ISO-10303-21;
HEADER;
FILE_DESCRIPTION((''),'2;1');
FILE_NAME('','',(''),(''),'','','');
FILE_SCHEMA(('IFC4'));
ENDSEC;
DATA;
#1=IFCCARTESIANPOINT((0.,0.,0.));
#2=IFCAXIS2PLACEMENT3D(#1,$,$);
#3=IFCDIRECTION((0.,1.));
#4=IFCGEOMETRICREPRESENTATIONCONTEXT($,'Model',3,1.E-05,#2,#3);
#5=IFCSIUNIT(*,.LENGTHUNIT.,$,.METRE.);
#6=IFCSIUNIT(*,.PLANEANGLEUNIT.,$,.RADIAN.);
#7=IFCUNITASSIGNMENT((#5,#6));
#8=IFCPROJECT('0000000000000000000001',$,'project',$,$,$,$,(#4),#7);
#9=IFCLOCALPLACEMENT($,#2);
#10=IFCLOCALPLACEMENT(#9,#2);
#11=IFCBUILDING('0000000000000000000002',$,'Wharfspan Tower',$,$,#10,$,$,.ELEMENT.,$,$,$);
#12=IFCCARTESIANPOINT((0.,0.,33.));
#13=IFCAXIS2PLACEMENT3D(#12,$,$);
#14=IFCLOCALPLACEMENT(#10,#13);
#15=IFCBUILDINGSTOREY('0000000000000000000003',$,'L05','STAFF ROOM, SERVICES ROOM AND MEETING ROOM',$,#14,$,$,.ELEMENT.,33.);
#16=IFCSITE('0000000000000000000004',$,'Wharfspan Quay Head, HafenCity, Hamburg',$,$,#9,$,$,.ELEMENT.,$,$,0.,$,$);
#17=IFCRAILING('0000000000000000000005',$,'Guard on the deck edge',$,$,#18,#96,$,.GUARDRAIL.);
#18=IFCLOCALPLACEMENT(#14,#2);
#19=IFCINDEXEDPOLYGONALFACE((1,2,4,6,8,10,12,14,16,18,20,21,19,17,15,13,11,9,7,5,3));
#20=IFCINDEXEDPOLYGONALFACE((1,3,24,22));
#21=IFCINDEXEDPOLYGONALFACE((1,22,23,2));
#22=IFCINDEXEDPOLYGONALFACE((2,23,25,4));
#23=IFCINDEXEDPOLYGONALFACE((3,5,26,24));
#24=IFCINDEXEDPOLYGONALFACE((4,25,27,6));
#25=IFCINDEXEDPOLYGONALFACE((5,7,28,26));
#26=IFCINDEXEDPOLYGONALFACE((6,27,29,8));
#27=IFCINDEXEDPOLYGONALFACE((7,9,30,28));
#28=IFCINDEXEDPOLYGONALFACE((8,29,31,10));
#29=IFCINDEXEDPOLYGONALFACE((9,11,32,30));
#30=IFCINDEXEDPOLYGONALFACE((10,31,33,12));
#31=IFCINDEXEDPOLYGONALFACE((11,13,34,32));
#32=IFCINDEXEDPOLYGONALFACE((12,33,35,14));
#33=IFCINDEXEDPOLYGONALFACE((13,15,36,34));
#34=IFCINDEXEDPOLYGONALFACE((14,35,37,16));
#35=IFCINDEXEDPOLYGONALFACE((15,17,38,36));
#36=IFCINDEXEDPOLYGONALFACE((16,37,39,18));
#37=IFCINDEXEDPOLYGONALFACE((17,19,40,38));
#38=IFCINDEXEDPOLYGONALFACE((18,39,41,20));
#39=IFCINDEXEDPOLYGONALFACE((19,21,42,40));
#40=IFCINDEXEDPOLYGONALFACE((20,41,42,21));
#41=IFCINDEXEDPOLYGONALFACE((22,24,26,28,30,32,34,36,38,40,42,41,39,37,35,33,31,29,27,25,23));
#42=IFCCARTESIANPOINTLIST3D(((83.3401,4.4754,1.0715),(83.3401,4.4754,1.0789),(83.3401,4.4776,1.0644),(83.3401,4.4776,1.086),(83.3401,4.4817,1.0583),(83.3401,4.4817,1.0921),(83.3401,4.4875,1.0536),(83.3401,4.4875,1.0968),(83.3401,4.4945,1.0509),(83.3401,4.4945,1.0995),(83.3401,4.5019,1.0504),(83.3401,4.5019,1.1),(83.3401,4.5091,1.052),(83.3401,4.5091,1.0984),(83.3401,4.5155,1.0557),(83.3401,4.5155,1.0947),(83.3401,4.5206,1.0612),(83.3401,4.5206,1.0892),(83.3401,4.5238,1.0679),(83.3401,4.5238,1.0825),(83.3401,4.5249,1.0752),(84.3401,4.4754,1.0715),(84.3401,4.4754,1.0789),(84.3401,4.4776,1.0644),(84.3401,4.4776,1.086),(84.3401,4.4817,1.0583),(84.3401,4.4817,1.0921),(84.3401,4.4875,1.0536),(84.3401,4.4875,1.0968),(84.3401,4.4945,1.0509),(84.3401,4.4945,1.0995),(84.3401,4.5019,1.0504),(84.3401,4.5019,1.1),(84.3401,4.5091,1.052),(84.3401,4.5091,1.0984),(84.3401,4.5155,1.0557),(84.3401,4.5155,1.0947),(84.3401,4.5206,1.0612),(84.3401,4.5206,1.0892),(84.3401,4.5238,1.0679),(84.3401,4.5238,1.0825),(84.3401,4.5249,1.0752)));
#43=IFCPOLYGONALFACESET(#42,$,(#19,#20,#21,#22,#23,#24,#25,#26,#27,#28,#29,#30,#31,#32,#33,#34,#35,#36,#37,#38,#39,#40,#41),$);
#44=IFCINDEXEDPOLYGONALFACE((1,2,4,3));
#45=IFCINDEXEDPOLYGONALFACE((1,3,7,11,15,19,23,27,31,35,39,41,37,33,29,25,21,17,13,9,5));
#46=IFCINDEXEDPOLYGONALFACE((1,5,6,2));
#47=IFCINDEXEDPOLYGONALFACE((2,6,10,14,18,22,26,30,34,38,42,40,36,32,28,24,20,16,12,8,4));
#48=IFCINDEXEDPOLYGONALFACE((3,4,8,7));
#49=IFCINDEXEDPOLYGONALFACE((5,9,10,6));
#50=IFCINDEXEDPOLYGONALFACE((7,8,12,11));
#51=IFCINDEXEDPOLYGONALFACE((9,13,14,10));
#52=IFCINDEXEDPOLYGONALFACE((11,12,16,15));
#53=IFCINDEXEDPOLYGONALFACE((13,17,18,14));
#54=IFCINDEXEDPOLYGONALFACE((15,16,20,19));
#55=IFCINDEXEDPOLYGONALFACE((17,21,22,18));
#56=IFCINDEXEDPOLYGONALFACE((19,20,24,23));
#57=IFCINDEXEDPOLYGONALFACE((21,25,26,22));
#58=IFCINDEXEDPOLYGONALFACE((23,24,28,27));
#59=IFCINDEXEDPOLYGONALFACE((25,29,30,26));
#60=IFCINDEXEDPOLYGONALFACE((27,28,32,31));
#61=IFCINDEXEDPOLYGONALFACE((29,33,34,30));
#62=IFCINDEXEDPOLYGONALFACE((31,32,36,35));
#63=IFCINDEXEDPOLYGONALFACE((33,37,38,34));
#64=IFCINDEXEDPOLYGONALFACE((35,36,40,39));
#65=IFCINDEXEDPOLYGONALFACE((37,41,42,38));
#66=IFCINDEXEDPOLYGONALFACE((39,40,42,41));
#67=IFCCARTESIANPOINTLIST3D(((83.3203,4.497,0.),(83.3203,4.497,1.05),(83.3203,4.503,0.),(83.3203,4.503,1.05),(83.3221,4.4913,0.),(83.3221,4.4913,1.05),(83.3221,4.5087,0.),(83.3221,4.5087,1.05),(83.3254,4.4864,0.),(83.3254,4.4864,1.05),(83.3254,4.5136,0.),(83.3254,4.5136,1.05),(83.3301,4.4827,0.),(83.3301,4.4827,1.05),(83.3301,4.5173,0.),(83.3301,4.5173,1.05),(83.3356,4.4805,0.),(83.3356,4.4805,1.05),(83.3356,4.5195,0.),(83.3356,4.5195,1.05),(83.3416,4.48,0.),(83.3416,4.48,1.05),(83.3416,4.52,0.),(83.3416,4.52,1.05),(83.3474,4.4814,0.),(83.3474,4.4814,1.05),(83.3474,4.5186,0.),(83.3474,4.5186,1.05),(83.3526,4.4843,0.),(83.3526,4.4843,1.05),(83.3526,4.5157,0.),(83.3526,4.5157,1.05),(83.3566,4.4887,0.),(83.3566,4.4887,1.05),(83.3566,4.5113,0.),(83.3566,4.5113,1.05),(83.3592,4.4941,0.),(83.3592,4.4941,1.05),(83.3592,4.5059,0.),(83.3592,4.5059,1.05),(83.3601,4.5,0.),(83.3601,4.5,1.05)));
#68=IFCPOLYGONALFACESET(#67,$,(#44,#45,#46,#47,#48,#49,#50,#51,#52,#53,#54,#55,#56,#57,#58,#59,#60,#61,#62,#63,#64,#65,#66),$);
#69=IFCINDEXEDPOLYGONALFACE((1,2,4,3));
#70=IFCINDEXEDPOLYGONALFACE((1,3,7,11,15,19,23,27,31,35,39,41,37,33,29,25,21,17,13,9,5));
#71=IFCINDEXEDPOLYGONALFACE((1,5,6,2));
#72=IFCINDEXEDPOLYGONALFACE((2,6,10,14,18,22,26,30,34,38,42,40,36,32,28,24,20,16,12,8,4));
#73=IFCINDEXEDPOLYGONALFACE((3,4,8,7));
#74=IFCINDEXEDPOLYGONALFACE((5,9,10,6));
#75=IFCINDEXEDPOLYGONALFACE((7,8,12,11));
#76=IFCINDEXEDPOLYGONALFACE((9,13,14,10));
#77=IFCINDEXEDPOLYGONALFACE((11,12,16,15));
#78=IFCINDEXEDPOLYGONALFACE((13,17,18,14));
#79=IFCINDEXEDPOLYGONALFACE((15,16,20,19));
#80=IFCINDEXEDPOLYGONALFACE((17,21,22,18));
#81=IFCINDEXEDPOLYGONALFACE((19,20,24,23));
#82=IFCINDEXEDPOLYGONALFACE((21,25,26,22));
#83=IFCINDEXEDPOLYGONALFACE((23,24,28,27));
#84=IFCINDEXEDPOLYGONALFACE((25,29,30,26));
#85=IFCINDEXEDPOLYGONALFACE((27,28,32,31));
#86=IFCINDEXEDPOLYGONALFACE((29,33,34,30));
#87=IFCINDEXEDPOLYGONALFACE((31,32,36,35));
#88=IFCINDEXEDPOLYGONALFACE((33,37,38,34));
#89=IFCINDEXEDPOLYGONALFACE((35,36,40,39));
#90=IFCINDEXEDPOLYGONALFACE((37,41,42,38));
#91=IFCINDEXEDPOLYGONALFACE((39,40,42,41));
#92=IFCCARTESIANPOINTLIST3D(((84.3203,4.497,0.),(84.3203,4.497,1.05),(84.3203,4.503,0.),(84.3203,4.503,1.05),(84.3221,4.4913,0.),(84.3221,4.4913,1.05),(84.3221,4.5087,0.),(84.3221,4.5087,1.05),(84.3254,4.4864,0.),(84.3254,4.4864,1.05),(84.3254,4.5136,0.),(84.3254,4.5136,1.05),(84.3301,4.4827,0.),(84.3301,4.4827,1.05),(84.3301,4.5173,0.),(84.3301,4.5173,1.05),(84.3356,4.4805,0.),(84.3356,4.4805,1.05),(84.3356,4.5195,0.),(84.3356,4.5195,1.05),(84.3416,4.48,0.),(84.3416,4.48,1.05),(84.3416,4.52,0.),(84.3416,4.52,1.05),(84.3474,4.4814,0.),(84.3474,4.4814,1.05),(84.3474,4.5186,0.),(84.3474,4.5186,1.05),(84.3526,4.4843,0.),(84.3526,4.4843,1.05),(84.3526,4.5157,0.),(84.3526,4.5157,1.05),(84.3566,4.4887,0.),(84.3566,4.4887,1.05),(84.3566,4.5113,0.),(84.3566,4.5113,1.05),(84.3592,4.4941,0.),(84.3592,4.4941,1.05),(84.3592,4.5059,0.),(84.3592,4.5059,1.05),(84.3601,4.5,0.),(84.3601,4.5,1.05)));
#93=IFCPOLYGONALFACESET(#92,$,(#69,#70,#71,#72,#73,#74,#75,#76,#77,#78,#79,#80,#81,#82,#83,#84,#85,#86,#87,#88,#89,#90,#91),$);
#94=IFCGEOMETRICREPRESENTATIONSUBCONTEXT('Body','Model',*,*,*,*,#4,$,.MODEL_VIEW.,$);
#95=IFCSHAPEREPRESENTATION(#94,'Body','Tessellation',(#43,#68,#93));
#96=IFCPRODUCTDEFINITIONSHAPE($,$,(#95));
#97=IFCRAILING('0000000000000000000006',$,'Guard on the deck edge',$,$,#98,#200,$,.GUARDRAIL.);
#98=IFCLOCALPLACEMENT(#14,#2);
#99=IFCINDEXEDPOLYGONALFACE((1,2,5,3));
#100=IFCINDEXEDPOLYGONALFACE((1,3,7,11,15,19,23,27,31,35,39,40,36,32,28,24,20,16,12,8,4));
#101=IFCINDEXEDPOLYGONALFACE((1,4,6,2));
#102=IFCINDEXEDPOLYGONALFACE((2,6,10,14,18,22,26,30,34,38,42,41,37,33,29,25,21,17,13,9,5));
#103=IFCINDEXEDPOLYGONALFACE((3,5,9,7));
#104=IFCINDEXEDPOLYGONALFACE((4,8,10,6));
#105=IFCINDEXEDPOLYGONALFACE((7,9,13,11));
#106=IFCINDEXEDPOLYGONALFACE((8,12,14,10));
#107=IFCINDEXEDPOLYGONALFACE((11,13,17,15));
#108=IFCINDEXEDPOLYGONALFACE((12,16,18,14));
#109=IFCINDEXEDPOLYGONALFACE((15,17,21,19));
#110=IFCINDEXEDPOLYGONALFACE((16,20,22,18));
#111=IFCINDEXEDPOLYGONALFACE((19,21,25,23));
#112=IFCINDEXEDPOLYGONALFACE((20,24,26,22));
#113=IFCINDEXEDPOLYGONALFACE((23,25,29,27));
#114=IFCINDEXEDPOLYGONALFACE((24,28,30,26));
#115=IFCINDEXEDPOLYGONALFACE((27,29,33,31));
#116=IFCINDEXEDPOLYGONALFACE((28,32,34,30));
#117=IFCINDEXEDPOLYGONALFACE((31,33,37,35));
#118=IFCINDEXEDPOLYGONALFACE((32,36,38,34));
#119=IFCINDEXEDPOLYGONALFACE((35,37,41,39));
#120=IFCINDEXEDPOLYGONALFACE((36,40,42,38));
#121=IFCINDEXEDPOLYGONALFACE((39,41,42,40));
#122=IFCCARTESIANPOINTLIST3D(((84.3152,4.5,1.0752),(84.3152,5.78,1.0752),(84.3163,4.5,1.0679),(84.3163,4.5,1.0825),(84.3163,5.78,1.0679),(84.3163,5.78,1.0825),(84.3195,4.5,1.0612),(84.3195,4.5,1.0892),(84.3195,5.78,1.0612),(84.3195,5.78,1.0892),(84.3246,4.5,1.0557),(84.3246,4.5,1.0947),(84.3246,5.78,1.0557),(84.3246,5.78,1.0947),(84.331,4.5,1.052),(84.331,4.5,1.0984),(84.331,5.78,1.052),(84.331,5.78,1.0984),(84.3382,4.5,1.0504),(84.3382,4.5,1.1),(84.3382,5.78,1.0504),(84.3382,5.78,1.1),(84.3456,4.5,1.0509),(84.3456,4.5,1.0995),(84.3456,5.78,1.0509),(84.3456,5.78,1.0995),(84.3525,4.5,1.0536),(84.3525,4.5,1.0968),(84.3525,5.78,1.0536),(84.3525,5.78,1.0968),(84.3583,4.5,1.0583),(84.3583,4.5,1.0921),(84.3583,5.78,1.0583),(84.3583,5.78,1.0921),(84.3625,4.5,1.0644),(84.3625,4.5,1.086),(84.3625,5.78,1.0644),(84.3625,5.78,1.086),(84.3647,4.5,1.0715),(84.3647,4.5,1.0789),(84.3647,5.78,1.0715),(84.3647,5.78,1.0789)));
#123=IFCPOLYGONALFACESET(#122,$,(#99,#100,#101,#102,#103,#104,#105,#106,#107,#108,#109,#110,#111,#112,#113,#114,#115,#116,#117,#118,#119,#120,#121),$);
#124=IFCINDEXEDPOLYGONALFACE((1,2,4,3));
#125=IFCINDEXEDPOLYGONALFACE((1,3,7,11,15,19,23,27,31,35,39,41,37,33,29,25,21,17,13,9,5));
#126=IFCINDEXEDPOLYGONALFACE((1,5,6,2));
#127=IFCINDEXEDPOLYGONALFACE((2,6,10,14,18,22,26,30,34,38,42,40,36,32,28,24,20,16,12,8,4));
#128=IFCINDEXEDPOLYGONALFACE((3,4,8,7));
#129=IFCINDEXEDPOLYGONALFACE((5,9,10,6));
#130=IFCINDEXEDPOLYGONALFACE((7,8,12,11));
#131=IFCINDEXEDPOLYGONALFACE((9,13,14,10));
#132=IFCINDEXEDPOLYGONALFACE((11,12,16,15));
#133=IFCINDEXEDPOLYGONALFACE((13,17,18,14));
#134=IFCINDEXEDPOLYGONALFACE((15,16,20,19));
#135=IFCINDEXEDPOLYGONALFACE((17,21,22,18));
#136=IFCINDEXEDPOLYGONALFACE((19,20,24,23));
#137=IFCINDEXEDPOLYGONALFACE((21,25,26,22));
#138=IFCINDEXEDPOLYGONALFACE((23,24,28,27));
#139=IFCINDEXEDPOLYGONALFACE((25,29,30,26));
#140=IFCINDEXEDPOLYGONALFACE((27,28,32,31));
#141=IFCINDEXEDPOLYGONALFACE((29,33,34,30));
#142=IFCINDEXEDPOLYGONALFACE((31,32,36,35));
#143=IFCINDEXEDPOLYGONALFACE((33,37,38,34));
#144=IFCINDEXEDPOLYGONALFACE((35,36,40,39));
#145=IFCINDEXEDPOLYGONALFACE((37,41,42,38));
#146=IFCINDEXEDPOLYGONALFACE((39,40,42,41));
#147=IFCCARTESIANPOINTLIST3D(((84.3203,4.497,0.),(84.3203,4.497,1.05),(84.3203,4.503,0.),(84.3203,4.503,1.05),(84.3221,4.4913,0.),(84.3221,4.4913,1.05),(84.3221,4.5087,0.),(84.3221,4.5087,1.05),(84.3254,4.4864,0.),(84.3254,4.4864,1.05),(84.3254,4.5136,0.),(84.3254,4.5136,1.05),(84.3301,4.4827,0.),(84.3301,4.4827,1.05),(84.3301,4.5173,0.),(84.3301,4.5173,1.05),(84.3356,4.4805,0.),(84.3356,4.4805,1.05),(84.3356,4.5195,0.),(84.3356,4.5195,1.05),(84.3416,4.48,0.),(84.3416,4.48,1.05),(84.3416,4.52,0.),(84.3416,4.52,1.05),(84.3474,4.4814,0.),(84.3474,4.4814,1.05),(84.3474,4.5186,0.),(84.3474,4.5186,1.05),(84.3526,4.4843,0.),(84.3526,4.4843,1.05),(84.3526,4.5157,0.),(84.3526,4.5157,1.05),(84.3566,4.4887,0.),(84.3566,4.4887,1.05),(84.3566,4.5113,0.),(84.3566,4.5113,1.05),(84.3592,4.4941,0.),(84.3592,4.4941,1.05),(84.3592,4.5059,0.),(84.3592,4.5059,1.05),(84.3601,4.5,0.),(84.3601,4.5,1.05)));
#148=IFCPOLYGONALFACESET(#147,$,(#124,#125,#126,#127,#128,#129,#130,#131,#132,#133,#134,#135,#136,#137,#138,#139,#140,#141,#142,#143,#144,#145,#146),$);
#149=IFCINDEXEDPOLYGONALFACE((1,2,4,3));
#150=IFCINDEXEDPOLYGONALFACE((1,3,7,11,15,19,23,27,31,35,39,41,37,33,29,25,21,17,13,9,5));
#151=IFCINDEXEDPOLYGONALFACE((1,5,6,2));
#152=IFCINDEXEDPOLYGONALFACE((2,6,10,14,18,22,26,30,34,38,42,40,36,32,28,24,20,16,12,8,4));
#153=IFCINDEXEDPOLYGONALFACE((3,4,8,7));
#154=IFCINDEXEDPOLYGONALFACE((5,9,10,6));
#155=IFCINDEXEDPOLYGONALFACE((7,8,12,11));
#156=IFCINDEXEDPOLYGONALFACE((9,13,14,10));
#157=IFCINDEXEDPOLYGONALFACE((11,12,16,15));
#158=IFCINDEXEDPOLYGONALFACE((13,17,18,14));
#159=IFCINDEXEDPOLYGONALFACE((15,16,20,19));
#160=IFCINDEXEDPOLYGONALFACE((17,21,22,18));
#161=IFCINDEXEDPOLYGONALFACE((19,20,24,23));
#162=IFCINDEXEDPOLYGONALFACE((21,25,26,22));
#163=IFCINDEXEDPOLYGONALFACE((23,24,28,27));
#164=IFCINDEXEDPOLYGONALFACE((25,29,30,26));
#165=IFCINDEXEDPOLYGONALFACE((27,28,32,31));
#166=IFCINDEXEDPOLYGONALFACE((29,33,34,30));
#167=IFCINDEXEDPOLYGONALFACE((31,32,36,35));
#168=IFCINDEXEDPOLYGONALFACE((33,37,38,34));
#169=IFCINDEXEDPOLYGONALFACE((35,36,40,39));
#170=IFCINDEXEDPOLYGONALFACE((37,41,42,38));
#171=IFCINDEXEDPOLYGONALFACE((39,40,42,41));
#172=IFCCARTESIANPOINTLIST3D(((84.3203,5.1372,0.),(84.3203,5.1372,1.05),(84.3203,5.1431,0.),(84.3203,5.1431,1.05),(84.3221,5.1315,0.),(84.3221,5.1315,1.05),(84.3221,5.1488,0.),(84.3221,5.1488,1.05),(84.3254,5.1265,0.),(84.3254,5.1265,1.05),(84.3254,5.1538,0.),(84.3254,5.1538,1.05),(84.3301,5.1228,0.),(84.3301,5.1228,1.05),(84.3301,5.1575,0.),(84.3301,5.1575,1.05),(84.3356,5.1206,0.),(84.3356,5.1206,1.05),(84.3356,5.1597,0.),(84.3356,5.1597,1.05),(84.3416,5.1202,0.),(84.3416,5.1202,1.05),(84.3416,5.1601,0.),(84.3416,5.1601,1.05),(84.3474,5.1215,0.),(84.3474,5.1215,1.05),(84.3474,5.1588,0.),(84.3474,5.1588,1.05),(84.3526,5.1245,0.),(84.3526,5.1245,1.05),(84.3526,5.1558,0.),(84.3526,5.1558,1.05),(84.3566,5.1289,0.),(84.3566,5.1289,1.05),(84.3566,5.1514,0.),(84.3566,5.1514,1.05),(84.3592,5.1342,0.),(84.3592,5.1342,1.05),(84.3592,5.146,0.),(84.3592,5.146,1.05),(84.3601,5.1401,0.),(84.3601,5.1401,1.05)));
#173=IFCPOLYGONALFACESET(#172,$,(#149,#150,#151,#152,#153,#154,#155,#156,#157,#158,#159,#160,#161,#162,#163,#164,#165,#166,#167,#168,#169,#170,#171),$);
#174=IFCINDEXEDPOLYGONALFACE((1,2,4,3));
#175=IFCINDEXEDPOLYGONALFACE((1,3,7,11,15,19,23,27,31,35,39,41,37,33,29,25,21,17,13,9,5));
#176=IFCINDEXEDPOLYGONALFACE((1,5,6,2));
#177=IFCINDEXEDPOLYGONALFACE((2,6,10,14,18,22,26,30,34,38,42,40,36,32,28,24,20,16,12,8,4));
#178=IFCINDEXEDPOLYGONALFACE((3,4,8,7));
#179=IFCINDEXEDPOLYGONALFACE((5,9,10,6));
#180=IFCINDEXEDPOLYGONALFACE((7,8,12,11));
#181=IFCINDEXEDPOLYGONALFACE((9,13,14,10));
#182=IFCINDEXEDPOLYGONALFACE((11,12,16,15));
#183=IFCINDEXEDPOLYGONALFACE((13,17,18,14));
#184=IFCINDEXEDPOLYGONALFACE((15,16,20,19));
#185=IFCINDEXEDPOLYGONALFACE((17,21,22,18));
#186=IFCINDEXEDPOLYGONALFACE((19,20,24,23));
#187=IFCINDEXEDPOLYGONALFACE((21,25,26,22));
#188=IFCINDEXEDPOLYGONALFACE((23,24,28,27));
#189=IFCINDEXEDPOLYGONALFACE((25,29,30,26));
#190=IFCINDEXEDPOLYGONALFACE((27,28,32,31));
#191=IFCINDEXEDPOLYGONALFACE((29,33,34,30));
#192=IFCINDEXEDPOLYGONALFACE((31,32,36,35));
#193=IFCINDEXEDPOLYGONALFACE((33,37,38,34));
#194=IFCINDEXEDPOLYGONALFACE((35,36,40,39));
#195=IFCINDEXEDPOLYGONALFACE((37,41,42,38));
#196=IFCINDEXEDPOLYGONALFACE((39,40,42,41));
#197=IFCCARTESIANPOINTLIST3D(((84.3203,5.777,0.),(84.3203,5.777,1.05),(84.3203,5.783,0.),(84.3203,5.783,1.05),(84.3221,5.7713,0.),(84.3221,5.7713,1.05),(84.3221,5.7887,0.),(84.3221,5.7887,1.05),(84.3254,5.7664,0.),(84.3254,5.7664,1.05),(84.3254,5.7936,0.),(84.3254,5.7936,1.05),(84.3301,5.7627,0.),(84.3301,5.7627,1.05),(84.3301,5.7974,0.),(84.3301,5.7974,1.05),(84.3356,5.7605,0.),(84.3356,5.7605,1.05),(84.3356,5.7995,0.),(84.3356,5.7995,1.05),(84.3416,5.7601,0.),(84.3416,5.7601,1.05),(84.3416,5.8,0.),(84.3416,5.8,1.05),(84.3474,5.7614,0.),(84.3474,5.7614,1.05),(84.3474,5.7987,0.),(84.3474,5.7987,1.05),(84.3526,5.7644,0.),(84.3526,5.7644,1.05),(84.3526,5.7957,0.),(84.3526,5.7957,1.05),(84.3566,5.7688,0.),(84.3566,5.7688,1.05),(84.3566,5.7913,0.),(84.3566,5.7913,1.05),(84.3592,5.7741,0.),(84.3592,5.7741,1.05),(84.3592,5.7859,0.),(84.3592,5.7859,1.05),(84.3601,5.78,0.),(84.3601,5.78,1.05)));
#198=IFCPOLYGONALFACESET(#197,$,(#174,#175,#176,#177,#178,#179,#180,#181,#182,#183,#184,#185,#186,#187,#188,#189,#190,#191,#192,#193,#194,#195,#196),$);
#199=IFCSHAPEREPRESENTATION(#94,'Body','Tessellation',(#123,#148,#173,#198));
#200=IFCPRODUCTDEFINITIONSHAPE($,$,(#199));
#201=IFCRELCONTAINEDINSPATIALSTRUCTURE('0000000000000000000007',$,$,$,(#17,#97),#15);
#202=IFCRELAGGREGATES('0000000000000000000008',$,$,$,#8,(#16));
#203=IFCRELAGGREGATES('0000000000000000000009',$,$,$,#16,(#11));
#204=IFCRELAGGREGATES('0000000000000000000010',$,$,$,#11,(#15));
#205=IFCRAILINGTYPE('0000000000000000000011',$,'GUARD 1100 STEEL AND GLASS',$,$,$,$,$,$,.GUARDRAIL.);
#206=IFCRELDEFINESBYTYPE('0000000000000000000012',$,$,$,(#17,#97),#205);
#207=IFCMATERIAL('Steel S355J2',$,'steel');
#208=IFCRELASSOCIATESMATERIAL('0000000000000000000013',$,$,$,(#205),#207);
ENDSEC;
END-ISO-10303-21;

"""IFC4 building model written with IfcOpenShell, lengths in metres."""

from ifc_helpers import new_model, si_unit, direction, frame, origin, origin_2d, place, context, subcontext, project, spatial, circle, extrude, material, type_object, element, save


model = new_model("IFC4")

# Units and contexts
model_context = context("Model", 3, precision=1e-05, world=origin(), true_north=direction((0.0, 1.0)))
body_context = subcontext(model_context, "Body", "Model", "MODEL_VIEW")
ifc_project = project(units=[si_unit("LENGTHUNIT", "METRE"), si_unit("PLANEANGLEUNIT", "RADIAN")], contexts=[model_context])

# Site, building, storey
site_placement = place(None, origin())
site = spatial("IfcSite", under=ifc_project, at=site_placement, Name="Wharfspan Quay Head, HafenCity, Hamburg", CompositionType="ELEMENT", RefElevation=0.0)
building_placement = place(site_placement, origin())
building = spatial("IfcBuilding", under=site, at=building_placement, Name="Wharfspan Tower", CompositionType="ELEMENT")
storey_placement = place(building_placement, frame((0.0, 0.0, 33.0)))
storey = spatial("IfcBuildingStorey", under=building, at=storey_placement, Name="L05", Description="STAFF ROOM, SERVICES ROOM AND MEETING ROOM", CompositionType="ELEMENT", Elevation=33.0)

# Railings
ifc_material_1 = material(Name="Steel S355J2", Category="steel")
railing_type = type_object("IfcRailingType", Name="GUARD 1100 STEEL AND GLASS", PredefinedType="GUARDRAIL", material=ifc_material_1)
railing_1_placement = place(storey_placement, frame((83.3401, 4.5, 0.0)))
element("IfcRailing", 1, at=railing_1_placement, inside=storey, type_object=railing_type, Name="Guard on the deck edge", PredefinedType="GUARDRAIL", context=body_context, shape_type="SweptSolid", body=[
    extrude(circle(Radius=0.0249, at=origin_2d()), frame((0.0, 0.0, 1.0752), z_axis=(1.0, 0.0, 0.0), x_axis=(0.0, 1.0, 0.0)), (0.0, 0.0, 1.0), 1.0),
    extrude(circle(Radius=0.02, at=origin_2d()), origin(), (0.0, 0.0, 1.0), 1.05),
    extrude(circle(Radius=0.02, at=origin_2d()), frame((1.0, 0.0, 0.0)), (0.0, 0.0, 1.0), 1.05),
])
railing_2_placement = place(storey_placement, frame((84.3401, 4.5, 0.0)))
element("IfcRailing", 2, at=railing_2_placement, inside=storey, type_object=railing_type, Name="Guard on the deck edge", PredefinedType="GUARDRAIL", context=body_context, shape_type="SweptSolid", body=[
    extrude(circle(Radius=0.0249, at=origin_2d()), frame((0.0, 0.0, 1.0752), z_axis=(0.0, 1.0, 0.0), x_axis=(-1.0, 0.0, 0.0)), (0.0, 0.0, 1.0), 1.28),
    extrude(circle(Radius=0.02, at=origin_2d()), origin(), (0.0, 0.0, 1.0), 1.05),
    extrude(circle(Radius=0.02, at=origin_2d()), frame((0.0, 0.6401, 0.0)), (0.0, 0.0, 1.0), 1.05),
    extrude(circle(Radius=0.02, at=origin_2d()), frame((0.0, 1.28, 0.0)), (0.0, 0.0, 1.0), 1.05),
])

save(model, "model.ifc")
